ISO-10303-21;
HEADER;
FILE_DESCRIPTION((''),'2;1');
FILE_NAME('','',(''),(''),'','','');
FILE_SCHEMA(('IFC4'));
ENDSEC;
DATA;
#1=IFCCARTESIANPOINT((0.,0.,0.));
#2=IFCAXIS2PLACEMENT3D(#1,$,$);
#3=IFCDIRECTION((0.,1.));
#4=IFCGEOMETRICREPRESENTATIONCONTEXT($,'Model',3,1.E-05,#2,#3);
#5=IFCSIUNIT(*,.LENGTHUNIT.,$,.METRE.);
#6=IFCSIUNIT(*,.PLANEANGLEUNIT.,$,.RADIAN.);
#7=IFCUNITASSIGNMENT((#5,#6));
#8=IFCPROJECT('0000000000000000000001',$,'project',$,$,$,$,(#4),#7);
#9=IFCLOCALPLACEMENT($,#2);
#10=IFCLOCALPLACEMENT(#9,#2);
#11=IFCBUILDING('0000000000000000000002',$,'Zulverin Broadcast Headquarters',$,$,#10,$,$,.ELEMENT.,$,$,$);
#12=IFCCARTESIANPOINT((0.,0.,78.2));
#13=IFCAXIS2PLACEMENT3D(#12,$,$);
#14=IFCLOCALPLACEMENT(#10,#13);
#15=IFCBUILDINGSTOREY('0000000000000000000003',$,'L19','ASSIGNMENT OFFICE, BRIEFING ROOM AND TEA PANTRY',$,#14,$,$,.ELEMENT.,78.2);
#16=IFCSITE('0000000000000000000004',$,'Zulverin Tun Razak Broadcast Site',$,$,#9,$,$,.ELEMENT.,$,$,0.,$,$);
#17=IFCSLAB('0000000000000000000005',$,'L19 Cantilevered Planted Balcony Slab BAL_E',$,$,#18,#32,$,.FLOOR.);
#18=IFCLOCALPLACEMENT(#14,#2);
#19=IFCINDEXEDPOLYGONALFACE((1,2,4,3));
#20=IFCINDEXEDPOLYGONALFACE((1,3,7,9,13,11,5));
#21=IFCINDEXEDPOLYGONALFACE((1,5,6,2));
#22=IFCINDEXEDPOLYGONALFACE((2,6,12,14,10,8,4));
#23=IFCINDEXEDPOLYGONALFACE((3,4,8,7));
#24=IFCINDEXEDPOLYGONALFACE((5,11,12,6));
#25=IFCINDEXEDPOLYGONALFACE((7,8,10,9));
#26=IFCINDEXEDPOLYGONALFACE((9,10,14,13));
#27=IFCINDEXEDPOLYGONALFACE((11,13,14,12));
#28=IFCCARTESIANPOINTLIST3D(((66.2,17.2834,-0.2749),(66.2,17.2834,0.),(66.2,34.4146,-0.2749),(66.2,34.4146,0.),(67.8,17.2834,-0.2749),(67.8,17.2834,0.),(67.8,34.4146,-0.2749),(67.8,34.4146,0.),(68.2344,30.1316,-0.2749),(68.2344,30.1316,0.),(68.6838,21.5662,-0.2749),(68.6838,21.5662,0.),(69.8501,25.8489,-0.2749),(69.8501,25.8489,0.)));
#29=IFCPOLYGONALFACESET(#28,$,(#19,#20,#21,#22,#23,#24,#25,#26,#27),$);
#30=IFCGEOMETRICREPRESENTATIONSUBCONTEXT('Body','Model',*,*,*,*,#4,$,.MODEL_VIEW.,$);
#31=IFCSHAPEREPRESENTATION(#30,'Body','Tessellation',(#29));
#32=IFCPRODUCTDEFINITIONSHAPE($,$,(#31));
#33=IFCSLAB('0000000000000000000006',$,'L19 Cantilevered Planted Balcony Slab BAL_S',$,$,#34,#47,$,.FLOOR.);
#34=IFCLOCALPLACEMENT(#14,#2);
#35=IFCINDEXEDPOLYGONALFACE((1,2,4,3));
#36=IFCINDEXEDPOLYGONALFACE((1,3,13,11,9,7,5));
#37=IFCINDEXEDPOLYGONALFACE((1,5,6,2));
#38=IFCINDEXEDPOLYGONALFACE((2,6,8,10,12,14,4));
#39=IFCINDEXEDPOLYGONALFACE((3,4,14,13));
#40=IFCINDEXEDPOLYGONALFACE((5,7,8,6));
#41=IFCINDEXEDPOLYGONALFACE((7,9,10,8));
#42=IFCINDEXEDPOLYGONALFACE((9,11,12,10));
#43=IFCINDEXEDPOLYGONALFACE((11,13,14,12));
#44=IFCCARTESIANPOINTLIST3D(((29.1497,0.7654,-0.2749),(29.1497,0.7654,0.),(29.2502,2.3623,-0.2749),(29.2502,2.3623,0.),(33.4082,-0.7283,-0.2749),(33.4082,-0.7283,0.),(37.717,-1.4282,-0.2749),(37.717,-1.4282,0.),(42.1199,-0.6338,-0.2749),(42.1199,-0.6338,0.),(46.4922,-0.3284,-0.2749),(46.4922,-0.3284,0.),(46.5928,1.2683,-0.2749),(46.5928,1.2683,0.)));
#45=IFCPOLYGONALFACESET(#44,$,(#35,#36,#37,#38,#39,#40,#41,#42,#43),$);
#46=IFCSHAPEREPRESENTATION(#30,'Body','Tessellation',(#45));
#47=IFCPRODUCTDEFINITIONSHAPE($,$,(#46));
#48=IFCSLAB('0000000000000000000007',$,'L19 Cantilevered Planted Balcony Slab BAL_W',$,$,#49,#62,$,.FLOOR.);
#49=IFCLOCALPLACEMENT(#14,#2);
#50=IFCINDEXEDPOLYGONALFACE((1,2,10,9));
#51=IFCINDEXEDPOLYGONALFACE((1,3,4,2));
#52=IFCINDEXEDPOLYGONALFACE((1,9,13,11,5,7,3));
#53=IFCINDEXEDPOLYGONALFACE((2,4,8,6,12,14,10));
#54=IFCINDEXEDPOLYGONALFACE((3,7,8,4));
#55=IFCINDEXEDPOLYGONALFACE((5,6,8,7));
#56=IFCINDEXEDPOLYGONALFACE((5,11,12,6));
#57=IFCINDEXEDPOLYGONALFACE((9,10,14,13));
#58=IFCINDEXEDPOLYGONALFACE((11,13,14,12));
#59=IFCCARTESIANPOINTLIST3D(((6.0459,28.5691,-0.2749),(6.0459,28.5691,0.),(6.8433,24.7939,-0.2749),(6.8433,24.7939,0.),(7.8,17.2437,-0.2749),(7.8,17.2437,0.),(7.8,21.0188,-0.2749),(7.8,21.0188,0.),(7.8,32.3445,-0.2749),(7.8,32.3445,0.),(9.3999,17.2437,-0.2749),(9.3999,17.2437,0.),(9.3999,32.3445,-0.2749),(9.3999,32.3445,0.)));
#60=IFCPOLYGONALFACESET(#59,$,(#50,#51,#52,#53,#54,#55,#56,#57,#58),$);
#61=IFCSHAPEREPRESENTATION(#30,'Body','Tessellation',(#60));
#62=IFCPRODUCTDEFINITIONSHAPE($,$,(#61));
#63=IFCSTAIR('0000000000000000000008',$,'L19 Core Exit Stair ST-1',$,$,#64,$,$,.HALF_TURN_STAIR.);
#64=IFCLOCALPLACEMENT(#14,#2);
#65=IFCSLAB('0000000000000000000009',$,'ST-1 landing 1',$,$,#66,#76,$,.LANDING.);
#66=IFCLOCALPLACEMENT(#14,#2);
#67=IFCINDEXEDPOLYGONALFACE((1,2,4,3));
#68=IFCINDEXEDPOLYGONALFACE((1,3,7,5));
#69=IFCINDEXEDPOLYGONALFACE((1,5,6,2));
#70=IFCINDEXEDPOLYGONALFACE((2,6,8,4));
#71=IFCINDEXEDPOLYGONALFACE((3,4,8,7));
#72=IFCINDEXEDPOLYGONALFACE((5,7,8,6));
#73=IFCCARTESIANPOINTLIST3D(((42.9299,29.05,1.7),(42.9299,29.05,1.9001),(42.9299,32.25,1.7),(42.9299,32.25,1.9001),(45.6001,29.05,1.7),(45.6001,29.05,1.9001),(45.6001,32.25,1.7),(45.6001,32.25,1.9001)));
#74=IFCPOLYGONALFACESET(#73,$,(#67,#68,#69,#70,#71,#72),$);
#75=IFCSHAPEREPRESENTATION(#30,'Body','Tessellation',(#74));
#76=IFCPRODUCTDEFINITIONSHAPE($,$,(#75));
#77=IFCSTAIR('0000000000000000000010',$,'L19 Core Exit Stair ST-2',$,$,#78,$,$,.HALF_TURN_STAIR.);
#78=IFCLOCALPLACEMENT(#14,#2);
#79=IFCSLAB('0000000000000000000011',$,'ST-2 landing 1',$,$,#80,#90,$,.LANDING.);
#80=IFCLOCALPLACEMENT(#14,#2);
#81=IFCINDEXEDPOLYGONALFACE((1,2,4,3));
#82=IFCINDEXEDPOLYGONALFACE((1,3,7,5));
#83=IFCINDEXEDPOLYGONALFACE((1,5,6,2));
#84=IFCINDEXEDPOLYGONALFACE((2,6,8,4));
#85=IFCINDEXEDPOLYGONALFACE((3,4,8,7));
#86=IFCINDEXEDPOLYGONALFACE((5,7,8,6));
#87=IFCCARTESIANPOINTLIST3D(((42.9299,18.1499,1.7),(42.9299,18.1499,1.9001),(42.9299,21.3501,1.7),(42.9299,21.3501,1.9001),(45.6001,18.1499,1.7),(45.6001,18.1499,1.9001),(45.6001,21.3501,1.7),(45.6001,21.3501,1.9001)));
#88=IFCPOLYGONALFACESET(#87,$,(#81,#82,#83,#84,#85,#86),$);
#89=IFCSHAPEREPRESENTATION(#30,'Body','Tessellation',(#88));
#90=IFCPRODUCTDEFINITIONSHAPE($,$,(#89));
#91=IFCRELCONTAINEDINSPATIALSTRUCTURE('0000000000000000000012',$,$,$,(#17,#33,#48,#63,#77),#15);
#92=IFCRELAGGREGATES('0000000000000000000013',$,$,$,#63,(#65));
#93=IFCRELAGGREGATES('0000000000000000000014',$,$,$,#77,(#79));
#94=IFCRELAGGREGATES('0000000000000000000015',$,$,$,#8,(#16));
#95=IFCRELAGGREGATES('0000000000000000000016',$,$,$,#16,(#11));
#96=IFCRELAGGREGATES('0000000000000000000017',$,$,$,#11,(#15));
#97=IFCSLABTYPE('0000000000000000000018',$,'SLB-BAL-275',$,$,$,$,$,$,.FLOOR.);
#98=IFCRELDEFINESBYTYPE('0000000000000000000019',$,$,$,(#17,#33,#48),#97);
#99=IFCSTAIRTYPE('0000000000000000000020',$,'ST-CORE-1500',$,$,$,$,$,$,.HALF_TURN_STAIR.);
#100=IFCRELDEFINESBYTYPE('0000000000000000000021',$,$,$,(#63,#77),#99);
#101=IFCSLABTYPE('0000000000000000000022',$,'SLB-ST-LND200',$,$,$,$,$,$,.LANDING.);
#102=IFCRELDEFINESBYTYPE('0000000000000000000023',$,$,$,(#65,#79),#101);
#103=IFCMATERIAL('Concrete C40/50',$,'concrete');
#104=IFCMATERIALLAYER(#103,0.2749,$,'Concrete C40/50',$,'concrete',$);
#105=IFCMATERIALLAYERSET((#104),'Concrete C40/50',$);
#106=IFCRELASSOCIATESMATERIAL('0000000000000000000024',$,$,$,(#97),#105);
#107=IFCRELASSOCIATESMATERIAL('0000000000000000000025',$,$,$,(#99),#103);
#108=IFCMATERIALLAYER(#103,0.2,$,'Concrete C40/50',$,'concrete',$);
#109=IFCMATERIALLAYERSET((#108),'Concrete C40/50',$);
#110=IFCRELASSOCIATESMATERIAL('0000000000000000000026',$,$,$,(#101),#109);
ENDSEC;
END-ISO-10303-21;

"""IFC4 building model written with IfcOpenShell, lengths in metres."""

from ifc_helpers import new_model, si_unit, direction, frame, origin, place, context, subcontext, project, spatial, polyline, outline, extrude, material, layer, layer_set, type_object, element, aggregate, save


model = new_model("IFC4")

# Units and contexts
model_context = context("Model", 3, precision=1e-05, world=origin(), true_north=direction((0.0, 1.0)))
body_context = subcontext(model_context, "Body", "Model", "MODEL_VIEW")
ifc_project = project(units=[si_unit("LENGTHUNIT", "METRE"), si_unit("PLANEANGLEUNIT", "RADIAN")], contexts=[model_context])

# Site, building, storey
site_placement = place(None, origin())
site = spatial("IfcSite", under=ifc_project, at=site_placement, Name="Zulverin Tun Razak Broadcast Site", CompositionType="ELEMENT", RefElevation=0.0)
building_placement = place(site_placement, origin())
building = spatial("IfcBuilding", under=site, at=building_placement, Name="Zulverin Broadcast Headquarters", CompositionType="ELEMENT")
storey_placement = place(building_placement, frame((0.0, 0.0, 78.2)))
storey = spatial("IfcBuildingStorey", under=building, at=storey_placement, Name="L19", Description="ASSIGNMENT OFFICE, BRIEFING ROOM AND TEA PANTRY", CompositionType="ELEMENT", Elevation=78.2)

# Slabs
ifc_material_1 = material(Name="Concrete C40/50", Category="concrete")
ifc_layer_1 = layer(ifc_material_1, 0.2749, Name="Concrete C40/50", Category="concrete")
ifc_layer_set_1 = layer_set([ifc_layer_1], Name="Concrete C40/50")
slab_type_1 = type_object("IfcSlabType", Name="SLB-BAL-275", PredefinedType="FLOOR", material=ifc_layer_set_1)
slab_1_placement = place(storey_placement, frame((0.0, 0.0, -0.2749)))
element("IfcSlab", 1, at=slab_1_placement, inside=storey, type_object=slab_type_1, Name="L19 Cantilevered Planted Balcony Slab BAL_E", PredefinedType="FLOOR", context=body_context, shape_type="SweptSolid", body=[
    extrude(outline(polyline([(66.2, 34.4146), (66.2, 17.2834), (67.8, 17.2834), (68.6838, 21.5662), (69.8501, 25.8489), (68.2344, 30.1316), (67.8, 34.4146), (66.2, 34.4146)])), origin(), (0.0, 0.0, 1.0), 0.2749),
])
slab_2_placement = place(storey_placement, frame((0.0, 0.0, -0.2749)))
element("IfcSlab", 2, at=slab_2_placement, inside=storey, type_object=slab_type_1, Name="L19 Cantilevered Planted Balcony Slab BAL_S", PredefinedType="FLOOR", context=body_context, shape_type="SweptSolid", body=[
    extrude(outline(polyline([(46.5928, 1.2683), (29.2502, 2.3623), (29.1497, 0.7654), (33.4082, -0.7283), (37.717, -1.4282), (42.1199, -0.6338), (46.4922, -0.3284), (46.5928, 1.2683)])), origin(), (0.0, 0.0, 1.0), 0.2749),
])
slab_3_placement = place(storey_placement, frame((0.0, 0.0, -0.2749)))
element("IfcSlab", 3, at=slab_3_placement, inside=storey, type_object=slab_type_1, Name="L19 Cantilevered Planted Balcony Slab BAL_W", PredefinedType="FLOOR", context=body_context, shape_type="SweptSolid", body=[
    extrude(outline(polyline([(9.3999, 17.2437), (9.3999, 32.3445), (7.8, 32.3445), (6.0459, 28.5691), (6.8433, 24.7939), (7.8, 21.0188), (7.8, 17.2437), (9.3999, 17.2437)])), origin(), (0.0, 0.0, 1.0), 0.2749),
])

# Stairs, slabs
stair_type = type_object("IfcStairType", Name="ST-CORE-1500", PredefinedType="HALF_TURN_STAIR", material=ifc_material_1)
stair_1_placement = place(storey_placement, origin())
stair_1 = element("IfcStair", 4, at=stair_1_placement, inside=storey, type_object=stair_type, Name="L19 Core Exit Stair ST-1", PredefinedType="HALF_TURN_STAIR")
ifc_layer_2 = layer(ifc_material_1, 0.2, Name="Concrete C40/50", Category="concrete")
ifc_layer_set_2 = layer_set([ifc_layer_2], Name="Concrete C40/50")
slab_type_2 = type_object("IfcSlabType", Name="SLB-ST-LND200", PredefinedType="LANDING", material=ifc_layer_set_2)
slab_4_placement = place(storey_placement, frame((0.0, 0.0, 1.7)))
slab_4 = element("IfcSlab", 5, at=slab_4_placement, type_object=slab_type_2, Name="ST-1 landing 1", PredefinedType="LANDING", context=body_context, shape_type="SweptSolid", body=[
    extrude(outline(polyline([(42.9299, 29.05), (45.6001, 29.05), (45.6001, 32.25), (42.9299, 32.25), (42.9299, 29.05)])), origin(), (0.0, 0.0, 1.0), 0.2002),
])
aggregate(stair_1, [slab_4])
stair_2_placement = place(storey_placement, origin())
stair_2 = element("IfcStair", 6, at=stair_2_placement, inside=storey, type_object=stair_type, Name="L19 Core Exit Stair ST-2", PredefinedType="HALF_TURN_STAIR")
slab_5_placement = place(storey_placement, frame((0.0, 0.0, 1.7)))
slab_5 = element("IfcSlab", 7, at=slab_5_placement, type_object=slab_type_2, Name="ST-2 landing 1", PredefinedType="LANDING", context=body_context, shape_type="SweptSolid", body=[
    extrude(outline(polyline([(42.9299, 18.1499), (45.6001, 18.1499), (45.6001, 21.3501), (42.9299, 21.3501), (42.9299, 18.1499)])), origin(), (0.0, 0.0, 1.0), 0.2002),
])
aggregate(stair_2, [slab_5])

save(model, "model.ifc")
